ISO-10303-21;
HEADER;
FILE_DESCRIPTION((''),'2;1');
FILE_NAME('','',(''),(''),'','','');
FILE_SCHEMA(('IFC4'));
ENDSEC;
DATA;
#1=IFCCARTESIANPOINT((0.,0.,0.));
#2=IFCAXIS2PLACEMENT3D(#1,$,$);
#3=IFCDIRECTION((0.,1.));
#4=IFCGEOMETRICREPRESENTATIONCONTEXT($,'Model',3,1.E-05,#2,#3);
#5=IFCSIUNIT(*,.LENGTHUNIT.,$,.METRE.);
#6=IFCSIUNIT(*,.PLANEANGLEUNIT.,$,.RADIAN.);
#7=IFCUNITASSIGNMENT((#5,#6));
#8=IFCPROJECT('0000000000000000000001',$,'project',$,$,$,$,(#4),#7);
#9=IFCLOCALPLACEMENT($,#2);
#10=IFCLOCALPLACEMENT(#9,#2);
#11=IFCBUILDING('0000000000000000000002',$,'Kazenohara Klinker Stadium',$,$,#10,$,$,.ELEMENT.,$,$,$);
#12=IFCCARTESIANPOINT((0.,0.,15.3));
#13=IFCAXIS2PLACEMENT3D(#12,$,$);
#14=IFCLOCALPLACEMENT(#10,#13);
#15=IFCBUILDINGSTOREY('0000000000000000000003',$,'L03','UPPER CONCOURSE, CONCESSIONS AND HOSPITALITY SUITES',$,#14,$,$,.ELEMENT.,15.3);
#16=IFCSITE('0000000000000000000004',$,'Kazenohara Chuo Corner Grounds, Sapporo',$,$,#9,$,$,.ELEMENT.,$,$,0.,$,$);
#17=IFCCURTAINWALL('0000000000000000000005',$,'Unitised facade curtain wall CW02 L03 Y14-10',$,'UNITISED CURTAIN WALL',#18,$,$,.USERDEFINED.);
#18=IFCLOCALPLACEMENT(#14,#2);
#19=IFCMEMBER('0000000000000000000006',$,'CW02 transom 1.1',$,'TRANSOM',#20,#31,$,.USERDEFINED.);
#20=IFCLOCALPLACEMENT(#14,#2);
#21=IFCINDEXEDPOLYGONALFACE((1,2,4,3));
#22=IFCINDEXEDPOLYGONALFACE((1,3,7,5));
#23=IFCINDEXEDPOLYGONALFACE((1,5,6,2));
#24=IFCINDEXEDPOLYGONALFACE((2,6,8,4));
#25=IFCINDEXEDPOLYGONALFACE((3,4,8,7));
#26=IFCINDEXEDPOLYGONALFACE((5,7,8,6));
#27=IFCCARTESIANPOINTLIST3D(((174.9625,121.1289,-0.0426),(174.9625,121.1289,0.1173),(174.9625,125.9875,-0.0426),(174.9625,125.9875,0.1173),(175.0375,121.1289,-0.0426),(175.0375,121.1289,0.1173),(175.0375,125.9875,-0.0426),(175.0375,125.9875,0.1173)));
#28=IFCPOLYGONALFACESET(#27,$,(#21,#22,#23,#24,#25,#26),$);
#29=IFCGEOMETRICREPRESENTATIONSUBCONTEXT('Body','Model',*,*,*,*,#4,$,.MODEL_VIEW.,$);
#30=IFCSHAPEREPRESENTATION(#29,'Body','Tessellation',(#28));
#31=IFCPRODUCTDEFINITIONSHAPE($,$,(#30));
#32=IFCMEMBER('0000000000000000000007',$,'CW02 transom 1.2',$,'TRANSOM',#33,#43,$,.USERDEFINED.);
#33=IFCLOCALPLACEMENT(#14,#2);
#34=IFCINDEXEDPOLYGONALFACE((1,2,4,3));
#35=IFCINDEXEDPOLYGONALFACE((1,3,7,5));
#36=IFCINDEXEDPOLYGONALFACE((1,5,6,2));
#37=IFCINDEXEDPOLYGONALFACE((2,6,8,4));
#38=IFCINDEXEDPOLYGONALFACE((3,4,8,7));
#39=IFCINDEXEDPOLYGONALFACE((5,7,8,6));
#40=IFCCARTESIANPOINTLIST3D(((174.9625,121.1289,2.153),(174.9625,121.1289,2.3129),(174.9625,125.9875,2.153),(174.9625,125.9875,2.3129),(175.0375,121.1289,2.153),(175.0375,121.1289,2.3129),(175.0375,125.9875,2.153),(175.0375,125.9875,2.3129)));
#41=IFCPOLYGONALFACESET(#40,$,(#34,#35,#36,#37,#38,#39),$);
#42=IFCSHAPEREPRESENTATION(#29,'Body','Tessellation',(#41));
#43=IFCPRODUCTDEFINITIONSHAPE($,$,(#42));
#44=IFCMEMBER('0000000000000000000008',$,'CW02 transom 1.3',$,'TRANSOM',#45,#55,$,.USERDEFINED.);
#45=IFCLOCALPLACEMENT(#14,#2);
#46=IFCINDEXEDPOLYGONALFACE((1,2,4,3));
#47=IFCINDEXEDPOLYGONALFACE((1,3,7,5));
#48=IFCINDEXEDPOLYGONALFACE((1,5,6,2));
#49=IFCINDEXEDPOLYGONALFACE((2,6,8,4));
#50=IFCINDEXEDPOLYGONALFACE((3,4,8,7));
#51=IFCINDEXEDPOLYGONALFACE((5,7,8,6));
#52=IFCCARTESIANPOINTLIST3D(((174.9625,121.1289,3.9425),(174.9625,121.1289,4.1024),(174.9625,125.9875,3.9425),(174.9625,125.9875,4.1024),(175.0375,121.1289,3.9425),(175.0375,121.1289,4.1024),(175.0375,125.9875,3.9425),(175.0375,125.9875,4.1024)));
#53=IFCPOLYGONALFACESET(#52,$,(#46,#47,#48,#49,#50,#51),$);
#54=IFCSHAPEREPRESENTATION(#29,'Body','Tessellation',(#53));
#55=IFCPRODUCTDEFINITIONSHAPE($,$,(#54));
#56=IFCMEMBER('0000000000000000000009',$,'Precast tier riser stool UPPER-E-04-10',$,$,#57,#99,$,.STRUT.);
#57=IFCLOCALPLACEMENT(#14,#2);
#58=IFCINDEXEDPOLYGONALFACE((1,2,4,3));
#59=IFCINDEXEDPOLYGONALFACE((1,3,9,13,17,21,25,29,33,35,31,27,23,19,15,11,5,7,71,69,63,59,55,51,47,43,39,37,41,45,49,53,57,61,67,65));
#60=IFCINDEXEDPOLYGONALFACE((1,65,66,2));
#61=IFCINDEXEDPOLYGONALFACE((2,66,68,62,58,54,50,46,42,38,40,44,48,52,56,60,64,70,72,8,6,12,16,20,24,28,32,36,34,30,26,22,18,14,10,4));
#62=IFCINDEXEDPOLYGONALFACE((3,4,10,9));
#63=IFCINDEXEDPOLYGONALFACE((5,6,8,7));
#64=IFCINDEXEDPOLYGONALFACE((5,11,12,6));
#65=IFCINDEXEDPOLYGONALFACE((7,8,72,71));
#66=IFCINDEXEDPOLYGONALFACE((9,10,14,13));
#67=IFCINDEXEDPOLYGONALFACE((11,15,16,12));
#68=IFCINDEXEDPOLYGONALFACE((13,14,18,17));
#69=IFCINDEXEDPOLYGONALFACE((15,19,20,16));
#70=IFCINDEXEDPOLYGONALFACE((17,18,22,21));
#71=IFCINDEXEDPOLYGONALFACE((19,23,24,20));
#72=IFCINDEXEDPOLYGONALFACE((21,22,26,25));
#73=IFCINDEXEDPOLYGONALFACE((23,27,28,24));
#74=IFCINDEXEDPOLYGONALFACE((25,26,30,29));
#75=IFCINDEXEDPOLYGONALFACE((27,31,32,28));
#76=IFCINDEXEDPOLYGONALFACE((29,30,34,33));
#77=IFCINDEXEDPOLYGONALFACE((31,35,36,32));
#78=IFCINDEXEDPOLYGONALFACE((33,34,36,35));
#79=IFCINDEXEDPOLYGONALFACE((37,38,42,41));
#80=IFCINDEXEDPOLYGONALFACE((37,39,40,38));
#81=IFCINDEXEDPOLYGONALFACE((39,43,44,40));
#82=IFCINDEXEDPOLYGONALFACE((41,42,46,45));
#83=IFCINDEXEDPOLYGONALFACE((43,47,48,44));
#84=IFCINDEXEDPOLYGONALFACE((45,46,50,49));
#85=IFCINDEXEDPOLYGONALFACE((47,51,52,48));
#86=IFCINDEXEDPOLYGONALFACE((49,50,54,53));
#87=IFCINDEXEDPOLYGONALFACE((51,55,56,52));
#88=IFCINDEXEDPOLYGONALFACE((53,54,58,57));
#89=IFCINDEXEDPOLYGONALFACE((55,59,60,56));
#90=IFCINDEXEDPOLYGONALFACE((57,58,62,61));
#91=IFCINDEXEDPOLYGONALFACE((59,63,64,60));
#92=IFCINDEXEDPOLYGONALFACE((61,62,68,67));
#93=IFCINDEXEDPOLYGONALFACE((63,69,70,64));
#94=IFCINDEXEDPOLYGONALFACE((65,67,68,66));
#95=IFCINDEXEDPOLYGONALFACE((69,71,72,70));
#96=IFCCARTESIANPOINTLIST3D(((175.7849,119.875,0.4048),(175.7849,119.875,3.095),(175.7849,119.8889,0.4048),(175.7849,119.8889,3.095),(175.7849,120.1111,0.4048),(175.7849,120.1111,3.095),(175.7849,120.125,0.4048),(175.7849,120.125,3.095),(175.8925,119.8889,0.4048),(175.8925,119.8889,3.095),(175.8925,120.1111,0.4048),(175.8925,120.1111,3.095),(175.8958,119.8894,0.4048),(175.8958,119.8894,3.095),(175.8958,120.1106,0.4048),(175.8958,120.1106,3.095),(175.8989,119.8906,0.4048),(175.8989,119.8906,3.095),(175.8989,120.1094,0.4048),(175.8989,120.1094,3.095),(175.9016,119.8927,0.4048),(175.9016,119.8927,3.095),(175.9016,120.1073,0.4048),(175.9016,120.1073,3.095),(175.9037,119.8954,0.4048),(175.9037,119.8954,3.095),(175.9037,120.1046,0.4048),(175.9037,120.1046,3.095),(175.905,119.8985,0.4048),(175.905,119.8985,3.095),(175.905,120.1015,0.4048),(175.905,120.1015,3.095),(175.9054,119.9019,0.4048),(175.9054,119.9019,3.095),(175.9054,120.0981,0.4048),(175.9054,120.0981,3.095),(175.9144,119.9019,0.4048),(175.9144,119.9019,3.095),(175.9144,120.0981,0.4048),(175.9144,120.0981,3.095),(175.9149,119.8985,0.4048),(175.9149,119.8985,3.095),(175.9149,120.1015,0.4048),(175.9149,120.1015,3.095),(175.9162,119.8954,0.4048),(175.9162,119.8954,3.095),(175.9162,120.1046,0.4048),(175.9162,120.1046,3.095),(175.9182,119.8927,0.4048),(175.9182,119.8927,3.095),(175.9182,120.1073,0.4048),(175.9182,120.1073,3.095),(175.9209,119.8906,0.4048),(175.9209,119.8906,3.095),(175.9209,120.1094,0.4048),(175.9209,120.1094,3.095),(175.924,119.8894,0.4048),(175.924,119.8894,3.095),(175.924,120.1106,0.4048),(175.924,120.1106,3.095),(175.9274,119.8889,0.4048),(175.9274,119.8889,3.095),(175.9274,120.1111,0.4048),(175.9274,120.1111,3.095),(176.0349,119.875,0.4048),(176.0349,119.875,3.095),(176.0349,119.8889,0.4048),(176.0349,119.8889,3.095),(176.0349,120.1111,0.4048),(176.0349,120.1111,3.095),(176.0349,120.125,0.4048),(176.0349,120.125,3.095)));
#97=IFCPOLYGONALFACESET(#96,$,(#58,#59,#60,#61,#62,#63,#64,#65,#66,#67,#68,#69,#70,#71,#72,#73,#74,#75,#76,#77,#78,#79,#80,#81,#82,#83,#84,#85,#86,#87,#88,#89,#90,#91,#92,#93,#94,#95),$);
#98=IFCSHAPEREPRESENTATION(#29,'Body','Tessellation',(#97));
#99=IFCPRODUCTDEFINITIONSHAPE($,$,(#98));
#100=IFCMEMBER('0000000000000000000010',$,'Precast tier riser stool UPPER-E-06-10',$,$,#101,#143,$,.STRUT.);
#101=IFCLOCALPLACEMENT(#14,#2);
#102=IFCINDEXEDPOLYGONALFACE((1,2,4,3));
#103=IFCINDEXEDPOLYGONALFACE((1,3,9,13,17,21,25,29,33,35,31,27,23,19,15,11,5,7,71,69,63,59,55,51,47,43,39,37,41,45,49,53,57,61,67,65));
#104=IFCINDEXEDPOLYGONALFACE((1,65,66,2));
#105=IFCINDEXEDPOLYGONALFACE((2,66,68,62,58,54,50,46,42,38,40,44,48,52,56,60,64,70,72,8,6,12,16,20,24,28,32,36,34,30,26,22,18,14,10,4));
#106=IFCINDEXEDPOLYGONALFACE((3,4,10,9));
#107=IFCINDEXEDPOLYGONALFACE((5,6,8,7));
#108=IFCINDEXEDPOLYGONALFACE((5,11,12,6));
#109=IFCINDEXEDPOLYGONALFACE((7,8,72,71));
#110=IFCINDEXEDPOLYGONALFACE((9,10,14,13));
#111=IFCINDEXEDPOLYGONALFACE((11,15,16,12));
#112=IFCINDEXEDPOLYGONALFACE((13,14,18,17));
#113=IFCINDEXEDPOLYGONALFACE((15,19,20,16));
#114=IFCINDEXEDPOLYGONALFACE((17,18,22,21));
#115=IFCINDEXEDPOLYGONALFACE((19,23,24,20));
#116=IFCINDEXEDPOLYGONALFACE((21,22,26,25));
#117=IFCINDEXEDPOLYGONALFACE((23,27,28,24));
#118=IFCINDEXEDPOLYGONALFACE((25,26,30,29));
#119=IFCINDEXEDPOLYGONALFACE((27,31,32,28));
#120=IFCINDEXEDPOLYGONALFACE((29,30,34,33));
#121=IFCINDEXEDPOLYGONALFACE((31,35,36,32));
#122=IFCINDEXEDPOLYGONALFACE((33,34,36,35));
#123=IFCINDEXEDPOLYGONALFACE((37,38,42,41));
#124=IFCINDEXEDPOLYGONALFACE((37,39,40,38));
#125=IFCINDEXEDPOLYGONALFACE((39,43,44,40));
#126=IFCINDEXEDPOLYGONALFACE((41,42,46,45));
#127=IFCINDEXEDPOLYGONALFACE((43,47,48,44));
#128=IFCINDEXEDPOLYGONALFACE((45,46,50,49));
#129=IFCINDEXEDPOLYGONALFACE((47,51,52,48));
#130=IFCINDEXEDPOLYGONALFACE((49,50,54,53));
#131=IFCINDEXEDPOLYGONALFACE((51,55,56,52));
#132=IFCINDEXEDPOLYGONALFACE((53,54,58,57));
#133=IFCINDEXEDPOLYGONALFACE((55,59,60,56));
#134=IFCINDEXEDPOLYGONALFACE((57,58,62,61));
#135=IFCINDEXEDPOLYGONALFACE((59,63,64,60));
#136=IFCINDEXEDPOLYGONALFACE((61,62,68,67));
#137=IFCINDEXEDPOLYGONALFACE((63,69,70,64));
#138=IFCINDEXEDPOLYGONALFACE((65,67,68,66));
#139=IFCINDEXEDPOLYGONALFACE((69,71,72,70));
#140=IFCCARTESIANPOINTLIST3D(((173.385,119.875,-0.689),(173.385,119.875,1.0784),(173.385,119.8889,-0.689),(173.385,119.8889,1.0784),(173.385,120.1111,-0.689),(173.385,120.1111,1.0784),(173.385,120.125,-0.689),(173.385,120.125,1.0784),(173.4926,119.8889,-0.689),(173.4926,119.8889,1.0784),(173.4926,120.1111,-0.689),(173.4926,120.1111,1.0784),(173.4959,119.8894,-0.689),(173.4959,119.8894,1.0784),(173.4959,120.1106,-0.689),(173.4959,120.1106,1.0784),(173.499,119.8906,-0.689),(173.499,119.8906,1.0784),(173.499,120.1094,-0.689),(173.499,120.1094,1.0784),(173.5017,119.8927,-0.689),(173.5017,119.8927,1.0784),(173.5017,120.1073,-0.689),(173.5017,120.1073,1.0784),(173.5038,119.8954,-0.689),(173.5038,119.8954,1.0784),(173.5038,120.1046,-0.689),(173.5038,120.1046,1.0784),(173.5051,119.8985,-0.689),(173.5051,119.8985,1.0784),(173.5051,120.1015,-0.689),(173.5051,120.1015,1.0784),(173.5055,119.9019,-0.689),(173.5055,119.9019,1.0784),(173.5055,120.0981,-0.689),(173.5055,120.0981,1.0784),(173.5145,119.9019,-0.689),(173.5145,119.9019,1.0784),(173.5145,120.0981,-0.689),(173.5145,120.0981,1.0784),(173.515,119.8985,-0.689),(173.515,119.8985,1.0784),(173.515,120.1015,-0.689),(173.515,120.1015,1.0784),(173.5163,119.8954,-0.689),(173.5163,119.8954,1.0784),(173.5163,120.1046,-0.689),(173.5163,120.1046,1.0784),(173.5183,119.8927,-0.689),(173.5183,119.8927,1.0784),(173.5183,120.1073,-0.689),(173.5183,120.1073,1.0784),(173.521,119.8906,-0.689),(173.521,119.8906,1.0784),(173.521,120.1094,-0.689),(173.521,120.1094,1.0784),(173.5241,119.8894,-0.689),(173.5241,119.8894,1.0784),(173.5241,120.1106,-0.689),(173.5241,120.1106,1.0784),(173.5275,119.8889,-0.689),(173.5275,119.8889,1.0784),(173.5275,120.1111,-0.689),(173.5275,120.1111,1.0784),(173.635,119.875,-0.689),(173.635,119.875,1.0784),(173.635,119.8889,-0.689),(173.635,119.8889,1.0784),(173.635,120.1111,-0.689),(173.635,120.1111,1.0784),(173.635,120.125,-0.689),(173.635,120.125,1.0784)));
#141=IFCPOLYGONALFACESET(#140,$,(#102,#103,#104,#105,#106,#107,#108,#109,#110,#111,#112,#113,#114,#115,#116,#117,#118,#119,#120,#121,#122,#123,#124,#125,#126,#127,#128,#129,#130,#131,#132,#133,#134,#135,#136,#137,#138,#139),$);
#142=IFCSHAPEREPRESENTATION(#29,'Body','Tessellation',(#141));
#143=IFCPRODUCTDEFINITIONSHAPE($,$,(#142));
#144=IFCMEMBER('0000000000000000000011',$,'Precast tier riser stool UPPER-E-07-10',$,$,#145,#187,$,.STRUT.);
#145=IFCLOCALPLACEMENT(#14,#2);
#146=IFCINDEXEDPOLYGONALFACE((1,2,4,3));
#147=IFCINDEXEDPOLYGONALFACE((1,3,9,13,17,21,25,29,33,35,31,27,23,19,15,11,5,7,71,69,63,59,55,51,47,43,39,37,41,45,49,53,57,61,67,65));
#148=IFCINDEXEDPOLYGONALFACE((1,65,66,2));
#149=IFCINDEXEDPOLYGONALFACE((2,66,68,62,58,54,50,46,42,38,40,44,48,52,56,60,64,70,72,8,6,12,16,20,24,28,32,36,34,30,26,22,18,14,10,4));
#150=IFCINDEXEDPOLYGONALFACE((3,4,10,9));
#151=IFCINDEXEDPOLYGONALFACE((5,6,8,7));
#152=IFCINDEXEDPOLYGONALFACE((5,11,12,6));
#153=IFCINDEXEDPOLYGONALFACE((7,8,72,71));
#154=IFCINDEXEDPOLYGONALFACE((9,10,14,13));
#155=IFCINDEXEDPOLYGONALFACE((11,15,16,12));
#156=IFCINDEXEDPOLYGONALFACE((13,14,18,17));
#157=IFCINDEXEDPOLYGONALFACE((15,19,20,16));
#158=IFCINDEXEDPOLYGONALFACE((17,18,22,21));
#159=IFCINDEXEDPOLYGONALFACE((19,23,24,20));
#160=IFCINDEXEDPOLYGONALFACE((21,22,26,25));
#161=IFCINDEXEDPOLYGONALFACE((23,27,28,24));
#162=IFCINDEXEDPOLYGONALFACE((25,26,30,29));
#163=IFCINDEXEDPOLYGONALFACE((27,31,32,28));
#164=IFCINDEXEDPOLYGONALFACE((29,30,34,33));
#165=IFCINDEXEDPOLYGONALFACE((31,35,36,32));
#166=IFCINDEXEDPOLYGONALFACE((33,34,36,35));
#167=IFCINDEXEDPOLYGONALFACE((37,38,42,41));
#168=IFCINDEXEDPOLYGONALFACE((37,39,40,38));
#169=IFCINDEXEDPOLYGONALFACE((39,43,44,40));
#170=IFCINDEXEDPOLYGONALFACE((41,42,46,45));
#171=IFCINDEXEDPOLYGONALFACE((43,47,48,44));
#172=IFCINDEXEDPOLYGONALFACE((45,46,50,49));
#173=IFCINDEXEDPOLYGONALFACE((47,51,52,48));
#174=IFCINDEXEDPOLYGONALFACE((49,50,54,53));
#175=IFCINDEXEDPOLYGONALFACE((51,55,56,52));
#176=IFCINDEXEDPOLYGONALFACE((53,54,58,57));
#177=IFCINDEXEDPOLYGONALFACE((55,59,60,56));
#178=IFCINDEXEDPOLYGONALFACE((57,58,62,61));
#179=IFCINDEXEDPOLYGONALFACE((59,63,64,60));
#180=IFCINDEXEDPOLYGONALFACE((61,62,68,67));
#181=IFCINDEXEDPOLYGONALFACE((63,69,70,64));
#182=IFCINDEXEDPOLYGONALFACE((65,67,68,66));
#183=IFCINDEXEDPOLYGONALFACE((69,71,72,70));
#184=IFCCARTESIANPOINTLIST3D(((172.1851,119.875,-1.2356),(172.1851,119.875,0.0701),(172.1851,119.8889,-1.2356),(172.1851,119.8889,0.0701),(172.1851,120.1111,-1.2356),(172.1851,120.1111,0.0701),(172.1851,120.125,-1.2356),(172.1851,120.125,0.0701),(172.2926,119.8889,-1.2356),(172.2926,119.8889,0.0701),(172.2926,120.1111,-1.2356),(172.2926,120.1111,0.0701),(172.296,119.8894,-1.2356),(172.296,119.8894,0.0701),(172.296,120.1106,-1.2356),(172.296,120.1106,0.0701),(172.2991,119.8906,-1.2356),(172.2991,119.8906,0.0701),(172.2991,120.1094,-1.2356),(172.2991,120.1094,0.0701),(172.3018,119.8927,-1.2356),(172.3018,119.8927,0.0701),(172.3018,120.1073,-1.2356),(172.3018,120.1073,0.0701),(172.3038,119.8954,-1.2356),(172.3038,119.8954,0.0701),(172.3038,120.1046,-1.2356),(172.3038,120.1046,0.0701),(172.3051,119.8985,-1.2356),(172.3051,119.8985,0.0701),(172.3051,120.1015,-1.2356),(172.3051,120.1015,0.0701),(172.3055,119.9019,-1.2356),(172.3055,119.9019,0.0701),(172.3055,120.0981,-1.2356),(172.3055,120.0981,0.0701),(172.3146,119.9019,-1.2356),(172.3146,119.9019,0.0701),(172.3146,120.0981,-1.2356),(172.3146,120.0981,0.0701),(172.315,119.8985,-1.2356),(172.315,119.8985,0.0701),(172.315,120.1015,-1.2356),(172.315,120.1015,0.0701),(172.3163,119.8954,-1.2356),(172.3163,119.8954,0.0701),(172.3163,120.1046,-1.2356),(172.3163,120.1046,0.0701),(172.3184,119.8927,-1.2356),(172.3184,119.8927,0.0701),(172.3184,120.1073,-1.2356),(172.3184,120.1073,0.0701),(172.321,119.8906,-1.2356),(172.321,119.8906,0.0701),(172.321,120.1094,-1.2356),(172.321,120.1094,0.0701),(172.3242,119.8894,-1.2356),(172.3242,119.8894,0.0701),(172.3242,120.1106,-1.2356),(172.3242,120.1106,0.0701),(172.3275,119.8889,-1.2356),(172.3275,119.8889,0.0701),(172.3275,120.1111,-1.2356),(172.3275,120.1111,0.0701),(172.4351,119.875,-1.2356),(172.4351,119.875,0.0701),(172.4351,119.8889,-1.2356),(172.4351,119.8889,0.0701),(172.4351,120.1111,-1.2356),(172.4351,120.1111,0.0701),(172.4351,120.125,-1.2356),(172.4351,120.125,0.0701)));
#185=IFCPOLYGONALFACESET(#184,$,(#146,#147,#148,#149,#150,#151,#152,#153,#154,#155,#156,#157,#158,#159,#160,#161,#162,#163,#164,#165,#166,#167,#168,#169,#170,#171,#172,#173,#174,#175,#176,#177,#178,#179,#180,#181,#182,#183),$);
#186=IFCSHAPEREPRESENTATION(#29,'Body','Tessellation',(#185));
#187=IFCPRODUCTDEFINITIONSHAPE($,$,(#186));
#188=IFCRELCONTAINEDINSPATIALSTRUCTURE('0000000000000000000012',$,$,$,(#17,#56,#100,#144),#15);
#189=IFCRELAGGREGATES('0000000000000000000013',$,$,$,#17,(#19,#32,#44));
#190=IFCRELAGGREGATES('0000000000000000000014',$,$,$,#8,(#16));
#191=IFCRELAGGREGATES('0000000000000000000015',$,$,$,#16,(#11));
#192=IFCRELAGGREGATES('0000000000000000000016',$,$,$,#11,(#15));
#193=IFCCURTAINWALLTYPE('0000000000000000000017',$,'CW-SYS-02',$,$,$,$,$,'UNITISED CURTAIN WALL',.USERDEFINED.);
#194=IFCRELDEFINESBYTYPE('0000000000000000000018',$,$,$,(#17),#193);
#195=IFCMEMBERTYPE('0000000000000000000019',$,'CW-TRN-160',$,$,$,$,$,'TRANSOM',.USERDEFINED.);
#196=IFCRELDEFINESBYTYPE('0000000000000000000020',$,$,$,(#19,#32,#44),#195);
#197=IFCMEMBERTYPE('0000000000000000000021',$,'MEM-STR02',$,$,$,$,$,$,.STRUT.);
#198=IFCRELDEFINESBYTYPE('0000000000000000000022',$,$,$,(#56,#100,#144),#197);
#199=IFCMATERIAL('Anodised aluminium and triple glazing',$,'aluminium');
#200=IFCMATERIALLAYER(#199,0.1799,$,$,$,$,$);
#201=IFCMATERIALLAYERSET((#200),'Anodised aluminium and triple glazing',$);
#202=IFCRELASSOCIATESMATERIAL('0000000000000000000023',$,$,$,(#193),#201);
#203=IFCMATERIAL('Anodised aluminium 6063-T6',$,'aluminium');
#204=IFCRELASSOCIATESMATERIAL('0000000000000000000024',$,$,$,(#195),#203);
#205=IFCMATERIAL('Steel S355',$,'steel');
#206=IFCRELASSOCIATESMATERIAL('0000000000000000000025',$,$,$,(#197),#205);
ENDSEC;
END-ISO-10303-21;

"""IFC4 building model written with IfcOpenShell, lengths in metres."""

from ifc_helpers import new_model, si_unit, direction, frame, origin, origin_2d, place, context, subcontext, project, spatial, rectangle, i_section, extrude, material, layer, layer_set, material_profile, profile_set, type_object, element, aggregate, save


model = new_model("IFC4")

# Units and contexts
model_context = context("Model", 3, precision=1e-05, world=origin(), true_north=direction((0.0, 1.0)))
body_context = subcontext(model_context, "Body", "Model", "MODEL_VIEW")
ifc_project = project(units=[si_unit("LENGTHUNIT", "METRE"), si_unit("PLANEANGLEUNIT", "RADIAN")], contexts=[model_context])

# Site, building, storey
site_placement = place(None, origin())
site = spatial("IfcSite", under=ifc_project, at=site_placement, Name="Kazenohara Chuo Corner Grounds, Sapporo", CompositionType="ELEMENT", RefElevation=0.0)
building_placement = place(site_placement, origin())
building = spatial("IfcBuilding", under=site, at=building_placement, Name="Kazenohara Klinker Stadium", CompositionType="ELEMENT")
storey_placement = place(building_placement, frame((0.0, 0.0, 15.3)))
storey = spatial("IfcBuildingStorey", under=building, at=storey_placement, Name="L03", Description="UPPER CONCOURSE, CONCESSIONS AND HOSPITALITY SUITES", CompositionType="ELEMENT", Elevation=15.3)

# Shared definitions
ifc_material_1 = material(Name="Steel S355", Category="steel")

# Curtain wall
ifc_material_2 = material(Name="Anodised aluminium and triple glazing", Category="aluminium")
ifc_material_3 = material(Name="Anodised aluminium 6063-T6", Category="aluminium")
ifc_layer_1 = layer(ifc_material_2, 0.1799)
ifc_layer_set_1 = layer_set([ifc_layer_1], Name="Anodised aluminium and triple glazing")
curtain_wall_type_1 = type_object("IfcCurtainWallType", Name="CW-SYS-02", ElementType="UNITISED CURTAIN WALL", PredefinedType="USERDEFINED", material=ifc_layer_set_1)
curtain_wall_1_placement = place(storey_placement, origin())
curtain_wall_1 = element("IfcCurtainWall", 1, at=curtain_wall_1_placement, inside=storey, type_object=curtain_wall_type_1, Name="Unitised facade curtain wall CW02 L03 Y14-10", ObjectType="UNITISED CURTAIN WALL", PredefinedType="USERDEFINED")

# Members
ifc_material_profile_1 = material_profile(ifc_material_3, rectangle(XDim=0.075, YDim=0.1599, at=origin_2d()), Name="ALU-TRN-75x160")
ifc_profile_set_1 = profile_set([ifc_material_profile_1], Name="Anodised aluminium 6063-T6")
member_type_1 = type_object("IfcMemberType", Name="CW-TRN-160", ElementType="TRANSOM", PredefinedType="USERDEFINED", material=ifc_profile_set_1)
member_1_placement = place(storey_placement, frame((175.0, 121.1289, 0.0374), z_axis=(0.0, 1.0, 0.0), x_axis=(-1.0, 0.0, 0.0)))
member_1 = element("IfcMember", 2, at=member_1_placement, type_object=member_type_1, Name="CW02 transom 1.1", ObjectType="TRANSOM", PredefinedType="USERDEFINED", context=body_context, shape_type="SweptSolid", body=[
    extrude(rectangle(XDim=0.075, YDim=0.1599, at=origin_2d()), origin(), (0.0, 0.0, 1.0), 4.8586),
])
member_2_placement = place(storey_placement, frame((175.0, 121.1289, 2.2329), z_axis=(0.0, 1.0, 0.0), x_axis=(-1.0, 0.0, 0.0)))
member_2 = element("IfcMember", 3, at=member_2_placement, type_object=member_type_1, Name="CW02 transom 1.2", ObjectType="TRANSOM", PredefinedType="USERDEFINED", context=body_context, shape_type="SweptSolid", body=[
    extrude(rectangle(XDim=0.075, YDim=0.1599, at=origin_2d()), origin(), (0.0, 0.0, 1.0), 4.8586),
])
member_3_placement = place(storey_placement, frame((175.0, 121.1289, 4.0225), z_axis=(0.0, 1.0, 0.0), x_axis=(-1.0, 0.0, 0.0)))
member_3 = element("IfcMember", 4, at=member_3_placement, type_object=member_type_1, Name="CW02 transom 1.3", ObjectType="TRANSOM", PredefinedType="USERDEFINED", context=body_context, shape_type="SweptSolid", body=[
    extrude(rectangle(XDim=0.075, YDim=0.1599, at=origin_2d()), origin(), (0.0, 0.0, 1.0), 4.8586),
])

# Members
ifc_material_profile_2 = material_profile(ifc_material_1, i_section(OverallWidth=0.25, OverallDepth=0.25, WebThickness=0.009, FlangeThickness=0.0139, FilletRadius=0.0129, at=origin_2d()), Name="H-250x250x9x14")
ifc_profile_set_2 = profile_set([ifc_material_profile_2], Name="Steel S355")
member_type_2 = type_object("IfcMemberType", Name="MEM-STR02", PredefinedType="STRUT", material=ifc_profile_set_2)
member_4_placement = place(storey_placement, frame((175.9099, 120.0, 0.4048), z_axis=(0.0, 0.0, 1.0), x_axis=(1.0, 0.0, 0.0)))
element("IfcMember", 5, at=member_4_placement, inside=storey, type_object=member_type_2, Name="Precast tier riser stool UPPER-E-04-10", PredefinedType="STRUT", context=body_context, shape_type="SweptSolid", body=[
    extrude(i_section(OverallWidth=0.25, OverallDepth=0.25, WebThickness=0.009, FlangeThickness=0.0139, FilletRadius=0.0129, at=origin_2d()), origin(), (0.0, 0.0, 1.0), 2.6902),
])
member_5_placement = place(storey_placement, frame((173.51, 120.0, -0.689), z_axis=(0.0, 0.0, 1.0), x_axis=(1.0, 0.0, 0.0)))
element("IfcMember", 6, at=member_5_placement, inside=storey, type_object=member_type_2, Name="Precast tier riser stool UPPER-E-06-10", PredefinedType="STRUT", context=body_context, shape_type="SweptSolid", body=[
    extrude(i_section(OverallWidth=0.25, OverallDepth=0.25, WebThickness=0.009, FlangeThickness=0.0139, FilletRadius=0.0129, at=origin_2d()), origin(), (0.0, 0.0, 1.0), 1.7673),
])
member_6_placement = place(storey_placement, frame((172.3101, 120.0, -1.2356), z_axis=(0.0, 0.0, 1.0), x_axis=(1.0, 0.0, 0.0)))
element("IfcMember", 7, at=member_6_placement, inside=storey, type_object=member_type_2, Name="Precast tier riser stool UPPER-E-07-10", PredefinedType="STRUT", context=body_context, shape_type="SweptSolid", body=[
    extrude(i_section(OverallWidth=0.25, OverallDepth=0.25, WebThickness=0.009, FlangeThickness=0.0139, FilletRadius=0.0129, at=origin_2d()), origin(), (0.0, 0.0, 1.0), 1.3057),
])

aggregate(curtain_wall_1, [member_1, member_2, member_3])

save(model, "model.ifc")
